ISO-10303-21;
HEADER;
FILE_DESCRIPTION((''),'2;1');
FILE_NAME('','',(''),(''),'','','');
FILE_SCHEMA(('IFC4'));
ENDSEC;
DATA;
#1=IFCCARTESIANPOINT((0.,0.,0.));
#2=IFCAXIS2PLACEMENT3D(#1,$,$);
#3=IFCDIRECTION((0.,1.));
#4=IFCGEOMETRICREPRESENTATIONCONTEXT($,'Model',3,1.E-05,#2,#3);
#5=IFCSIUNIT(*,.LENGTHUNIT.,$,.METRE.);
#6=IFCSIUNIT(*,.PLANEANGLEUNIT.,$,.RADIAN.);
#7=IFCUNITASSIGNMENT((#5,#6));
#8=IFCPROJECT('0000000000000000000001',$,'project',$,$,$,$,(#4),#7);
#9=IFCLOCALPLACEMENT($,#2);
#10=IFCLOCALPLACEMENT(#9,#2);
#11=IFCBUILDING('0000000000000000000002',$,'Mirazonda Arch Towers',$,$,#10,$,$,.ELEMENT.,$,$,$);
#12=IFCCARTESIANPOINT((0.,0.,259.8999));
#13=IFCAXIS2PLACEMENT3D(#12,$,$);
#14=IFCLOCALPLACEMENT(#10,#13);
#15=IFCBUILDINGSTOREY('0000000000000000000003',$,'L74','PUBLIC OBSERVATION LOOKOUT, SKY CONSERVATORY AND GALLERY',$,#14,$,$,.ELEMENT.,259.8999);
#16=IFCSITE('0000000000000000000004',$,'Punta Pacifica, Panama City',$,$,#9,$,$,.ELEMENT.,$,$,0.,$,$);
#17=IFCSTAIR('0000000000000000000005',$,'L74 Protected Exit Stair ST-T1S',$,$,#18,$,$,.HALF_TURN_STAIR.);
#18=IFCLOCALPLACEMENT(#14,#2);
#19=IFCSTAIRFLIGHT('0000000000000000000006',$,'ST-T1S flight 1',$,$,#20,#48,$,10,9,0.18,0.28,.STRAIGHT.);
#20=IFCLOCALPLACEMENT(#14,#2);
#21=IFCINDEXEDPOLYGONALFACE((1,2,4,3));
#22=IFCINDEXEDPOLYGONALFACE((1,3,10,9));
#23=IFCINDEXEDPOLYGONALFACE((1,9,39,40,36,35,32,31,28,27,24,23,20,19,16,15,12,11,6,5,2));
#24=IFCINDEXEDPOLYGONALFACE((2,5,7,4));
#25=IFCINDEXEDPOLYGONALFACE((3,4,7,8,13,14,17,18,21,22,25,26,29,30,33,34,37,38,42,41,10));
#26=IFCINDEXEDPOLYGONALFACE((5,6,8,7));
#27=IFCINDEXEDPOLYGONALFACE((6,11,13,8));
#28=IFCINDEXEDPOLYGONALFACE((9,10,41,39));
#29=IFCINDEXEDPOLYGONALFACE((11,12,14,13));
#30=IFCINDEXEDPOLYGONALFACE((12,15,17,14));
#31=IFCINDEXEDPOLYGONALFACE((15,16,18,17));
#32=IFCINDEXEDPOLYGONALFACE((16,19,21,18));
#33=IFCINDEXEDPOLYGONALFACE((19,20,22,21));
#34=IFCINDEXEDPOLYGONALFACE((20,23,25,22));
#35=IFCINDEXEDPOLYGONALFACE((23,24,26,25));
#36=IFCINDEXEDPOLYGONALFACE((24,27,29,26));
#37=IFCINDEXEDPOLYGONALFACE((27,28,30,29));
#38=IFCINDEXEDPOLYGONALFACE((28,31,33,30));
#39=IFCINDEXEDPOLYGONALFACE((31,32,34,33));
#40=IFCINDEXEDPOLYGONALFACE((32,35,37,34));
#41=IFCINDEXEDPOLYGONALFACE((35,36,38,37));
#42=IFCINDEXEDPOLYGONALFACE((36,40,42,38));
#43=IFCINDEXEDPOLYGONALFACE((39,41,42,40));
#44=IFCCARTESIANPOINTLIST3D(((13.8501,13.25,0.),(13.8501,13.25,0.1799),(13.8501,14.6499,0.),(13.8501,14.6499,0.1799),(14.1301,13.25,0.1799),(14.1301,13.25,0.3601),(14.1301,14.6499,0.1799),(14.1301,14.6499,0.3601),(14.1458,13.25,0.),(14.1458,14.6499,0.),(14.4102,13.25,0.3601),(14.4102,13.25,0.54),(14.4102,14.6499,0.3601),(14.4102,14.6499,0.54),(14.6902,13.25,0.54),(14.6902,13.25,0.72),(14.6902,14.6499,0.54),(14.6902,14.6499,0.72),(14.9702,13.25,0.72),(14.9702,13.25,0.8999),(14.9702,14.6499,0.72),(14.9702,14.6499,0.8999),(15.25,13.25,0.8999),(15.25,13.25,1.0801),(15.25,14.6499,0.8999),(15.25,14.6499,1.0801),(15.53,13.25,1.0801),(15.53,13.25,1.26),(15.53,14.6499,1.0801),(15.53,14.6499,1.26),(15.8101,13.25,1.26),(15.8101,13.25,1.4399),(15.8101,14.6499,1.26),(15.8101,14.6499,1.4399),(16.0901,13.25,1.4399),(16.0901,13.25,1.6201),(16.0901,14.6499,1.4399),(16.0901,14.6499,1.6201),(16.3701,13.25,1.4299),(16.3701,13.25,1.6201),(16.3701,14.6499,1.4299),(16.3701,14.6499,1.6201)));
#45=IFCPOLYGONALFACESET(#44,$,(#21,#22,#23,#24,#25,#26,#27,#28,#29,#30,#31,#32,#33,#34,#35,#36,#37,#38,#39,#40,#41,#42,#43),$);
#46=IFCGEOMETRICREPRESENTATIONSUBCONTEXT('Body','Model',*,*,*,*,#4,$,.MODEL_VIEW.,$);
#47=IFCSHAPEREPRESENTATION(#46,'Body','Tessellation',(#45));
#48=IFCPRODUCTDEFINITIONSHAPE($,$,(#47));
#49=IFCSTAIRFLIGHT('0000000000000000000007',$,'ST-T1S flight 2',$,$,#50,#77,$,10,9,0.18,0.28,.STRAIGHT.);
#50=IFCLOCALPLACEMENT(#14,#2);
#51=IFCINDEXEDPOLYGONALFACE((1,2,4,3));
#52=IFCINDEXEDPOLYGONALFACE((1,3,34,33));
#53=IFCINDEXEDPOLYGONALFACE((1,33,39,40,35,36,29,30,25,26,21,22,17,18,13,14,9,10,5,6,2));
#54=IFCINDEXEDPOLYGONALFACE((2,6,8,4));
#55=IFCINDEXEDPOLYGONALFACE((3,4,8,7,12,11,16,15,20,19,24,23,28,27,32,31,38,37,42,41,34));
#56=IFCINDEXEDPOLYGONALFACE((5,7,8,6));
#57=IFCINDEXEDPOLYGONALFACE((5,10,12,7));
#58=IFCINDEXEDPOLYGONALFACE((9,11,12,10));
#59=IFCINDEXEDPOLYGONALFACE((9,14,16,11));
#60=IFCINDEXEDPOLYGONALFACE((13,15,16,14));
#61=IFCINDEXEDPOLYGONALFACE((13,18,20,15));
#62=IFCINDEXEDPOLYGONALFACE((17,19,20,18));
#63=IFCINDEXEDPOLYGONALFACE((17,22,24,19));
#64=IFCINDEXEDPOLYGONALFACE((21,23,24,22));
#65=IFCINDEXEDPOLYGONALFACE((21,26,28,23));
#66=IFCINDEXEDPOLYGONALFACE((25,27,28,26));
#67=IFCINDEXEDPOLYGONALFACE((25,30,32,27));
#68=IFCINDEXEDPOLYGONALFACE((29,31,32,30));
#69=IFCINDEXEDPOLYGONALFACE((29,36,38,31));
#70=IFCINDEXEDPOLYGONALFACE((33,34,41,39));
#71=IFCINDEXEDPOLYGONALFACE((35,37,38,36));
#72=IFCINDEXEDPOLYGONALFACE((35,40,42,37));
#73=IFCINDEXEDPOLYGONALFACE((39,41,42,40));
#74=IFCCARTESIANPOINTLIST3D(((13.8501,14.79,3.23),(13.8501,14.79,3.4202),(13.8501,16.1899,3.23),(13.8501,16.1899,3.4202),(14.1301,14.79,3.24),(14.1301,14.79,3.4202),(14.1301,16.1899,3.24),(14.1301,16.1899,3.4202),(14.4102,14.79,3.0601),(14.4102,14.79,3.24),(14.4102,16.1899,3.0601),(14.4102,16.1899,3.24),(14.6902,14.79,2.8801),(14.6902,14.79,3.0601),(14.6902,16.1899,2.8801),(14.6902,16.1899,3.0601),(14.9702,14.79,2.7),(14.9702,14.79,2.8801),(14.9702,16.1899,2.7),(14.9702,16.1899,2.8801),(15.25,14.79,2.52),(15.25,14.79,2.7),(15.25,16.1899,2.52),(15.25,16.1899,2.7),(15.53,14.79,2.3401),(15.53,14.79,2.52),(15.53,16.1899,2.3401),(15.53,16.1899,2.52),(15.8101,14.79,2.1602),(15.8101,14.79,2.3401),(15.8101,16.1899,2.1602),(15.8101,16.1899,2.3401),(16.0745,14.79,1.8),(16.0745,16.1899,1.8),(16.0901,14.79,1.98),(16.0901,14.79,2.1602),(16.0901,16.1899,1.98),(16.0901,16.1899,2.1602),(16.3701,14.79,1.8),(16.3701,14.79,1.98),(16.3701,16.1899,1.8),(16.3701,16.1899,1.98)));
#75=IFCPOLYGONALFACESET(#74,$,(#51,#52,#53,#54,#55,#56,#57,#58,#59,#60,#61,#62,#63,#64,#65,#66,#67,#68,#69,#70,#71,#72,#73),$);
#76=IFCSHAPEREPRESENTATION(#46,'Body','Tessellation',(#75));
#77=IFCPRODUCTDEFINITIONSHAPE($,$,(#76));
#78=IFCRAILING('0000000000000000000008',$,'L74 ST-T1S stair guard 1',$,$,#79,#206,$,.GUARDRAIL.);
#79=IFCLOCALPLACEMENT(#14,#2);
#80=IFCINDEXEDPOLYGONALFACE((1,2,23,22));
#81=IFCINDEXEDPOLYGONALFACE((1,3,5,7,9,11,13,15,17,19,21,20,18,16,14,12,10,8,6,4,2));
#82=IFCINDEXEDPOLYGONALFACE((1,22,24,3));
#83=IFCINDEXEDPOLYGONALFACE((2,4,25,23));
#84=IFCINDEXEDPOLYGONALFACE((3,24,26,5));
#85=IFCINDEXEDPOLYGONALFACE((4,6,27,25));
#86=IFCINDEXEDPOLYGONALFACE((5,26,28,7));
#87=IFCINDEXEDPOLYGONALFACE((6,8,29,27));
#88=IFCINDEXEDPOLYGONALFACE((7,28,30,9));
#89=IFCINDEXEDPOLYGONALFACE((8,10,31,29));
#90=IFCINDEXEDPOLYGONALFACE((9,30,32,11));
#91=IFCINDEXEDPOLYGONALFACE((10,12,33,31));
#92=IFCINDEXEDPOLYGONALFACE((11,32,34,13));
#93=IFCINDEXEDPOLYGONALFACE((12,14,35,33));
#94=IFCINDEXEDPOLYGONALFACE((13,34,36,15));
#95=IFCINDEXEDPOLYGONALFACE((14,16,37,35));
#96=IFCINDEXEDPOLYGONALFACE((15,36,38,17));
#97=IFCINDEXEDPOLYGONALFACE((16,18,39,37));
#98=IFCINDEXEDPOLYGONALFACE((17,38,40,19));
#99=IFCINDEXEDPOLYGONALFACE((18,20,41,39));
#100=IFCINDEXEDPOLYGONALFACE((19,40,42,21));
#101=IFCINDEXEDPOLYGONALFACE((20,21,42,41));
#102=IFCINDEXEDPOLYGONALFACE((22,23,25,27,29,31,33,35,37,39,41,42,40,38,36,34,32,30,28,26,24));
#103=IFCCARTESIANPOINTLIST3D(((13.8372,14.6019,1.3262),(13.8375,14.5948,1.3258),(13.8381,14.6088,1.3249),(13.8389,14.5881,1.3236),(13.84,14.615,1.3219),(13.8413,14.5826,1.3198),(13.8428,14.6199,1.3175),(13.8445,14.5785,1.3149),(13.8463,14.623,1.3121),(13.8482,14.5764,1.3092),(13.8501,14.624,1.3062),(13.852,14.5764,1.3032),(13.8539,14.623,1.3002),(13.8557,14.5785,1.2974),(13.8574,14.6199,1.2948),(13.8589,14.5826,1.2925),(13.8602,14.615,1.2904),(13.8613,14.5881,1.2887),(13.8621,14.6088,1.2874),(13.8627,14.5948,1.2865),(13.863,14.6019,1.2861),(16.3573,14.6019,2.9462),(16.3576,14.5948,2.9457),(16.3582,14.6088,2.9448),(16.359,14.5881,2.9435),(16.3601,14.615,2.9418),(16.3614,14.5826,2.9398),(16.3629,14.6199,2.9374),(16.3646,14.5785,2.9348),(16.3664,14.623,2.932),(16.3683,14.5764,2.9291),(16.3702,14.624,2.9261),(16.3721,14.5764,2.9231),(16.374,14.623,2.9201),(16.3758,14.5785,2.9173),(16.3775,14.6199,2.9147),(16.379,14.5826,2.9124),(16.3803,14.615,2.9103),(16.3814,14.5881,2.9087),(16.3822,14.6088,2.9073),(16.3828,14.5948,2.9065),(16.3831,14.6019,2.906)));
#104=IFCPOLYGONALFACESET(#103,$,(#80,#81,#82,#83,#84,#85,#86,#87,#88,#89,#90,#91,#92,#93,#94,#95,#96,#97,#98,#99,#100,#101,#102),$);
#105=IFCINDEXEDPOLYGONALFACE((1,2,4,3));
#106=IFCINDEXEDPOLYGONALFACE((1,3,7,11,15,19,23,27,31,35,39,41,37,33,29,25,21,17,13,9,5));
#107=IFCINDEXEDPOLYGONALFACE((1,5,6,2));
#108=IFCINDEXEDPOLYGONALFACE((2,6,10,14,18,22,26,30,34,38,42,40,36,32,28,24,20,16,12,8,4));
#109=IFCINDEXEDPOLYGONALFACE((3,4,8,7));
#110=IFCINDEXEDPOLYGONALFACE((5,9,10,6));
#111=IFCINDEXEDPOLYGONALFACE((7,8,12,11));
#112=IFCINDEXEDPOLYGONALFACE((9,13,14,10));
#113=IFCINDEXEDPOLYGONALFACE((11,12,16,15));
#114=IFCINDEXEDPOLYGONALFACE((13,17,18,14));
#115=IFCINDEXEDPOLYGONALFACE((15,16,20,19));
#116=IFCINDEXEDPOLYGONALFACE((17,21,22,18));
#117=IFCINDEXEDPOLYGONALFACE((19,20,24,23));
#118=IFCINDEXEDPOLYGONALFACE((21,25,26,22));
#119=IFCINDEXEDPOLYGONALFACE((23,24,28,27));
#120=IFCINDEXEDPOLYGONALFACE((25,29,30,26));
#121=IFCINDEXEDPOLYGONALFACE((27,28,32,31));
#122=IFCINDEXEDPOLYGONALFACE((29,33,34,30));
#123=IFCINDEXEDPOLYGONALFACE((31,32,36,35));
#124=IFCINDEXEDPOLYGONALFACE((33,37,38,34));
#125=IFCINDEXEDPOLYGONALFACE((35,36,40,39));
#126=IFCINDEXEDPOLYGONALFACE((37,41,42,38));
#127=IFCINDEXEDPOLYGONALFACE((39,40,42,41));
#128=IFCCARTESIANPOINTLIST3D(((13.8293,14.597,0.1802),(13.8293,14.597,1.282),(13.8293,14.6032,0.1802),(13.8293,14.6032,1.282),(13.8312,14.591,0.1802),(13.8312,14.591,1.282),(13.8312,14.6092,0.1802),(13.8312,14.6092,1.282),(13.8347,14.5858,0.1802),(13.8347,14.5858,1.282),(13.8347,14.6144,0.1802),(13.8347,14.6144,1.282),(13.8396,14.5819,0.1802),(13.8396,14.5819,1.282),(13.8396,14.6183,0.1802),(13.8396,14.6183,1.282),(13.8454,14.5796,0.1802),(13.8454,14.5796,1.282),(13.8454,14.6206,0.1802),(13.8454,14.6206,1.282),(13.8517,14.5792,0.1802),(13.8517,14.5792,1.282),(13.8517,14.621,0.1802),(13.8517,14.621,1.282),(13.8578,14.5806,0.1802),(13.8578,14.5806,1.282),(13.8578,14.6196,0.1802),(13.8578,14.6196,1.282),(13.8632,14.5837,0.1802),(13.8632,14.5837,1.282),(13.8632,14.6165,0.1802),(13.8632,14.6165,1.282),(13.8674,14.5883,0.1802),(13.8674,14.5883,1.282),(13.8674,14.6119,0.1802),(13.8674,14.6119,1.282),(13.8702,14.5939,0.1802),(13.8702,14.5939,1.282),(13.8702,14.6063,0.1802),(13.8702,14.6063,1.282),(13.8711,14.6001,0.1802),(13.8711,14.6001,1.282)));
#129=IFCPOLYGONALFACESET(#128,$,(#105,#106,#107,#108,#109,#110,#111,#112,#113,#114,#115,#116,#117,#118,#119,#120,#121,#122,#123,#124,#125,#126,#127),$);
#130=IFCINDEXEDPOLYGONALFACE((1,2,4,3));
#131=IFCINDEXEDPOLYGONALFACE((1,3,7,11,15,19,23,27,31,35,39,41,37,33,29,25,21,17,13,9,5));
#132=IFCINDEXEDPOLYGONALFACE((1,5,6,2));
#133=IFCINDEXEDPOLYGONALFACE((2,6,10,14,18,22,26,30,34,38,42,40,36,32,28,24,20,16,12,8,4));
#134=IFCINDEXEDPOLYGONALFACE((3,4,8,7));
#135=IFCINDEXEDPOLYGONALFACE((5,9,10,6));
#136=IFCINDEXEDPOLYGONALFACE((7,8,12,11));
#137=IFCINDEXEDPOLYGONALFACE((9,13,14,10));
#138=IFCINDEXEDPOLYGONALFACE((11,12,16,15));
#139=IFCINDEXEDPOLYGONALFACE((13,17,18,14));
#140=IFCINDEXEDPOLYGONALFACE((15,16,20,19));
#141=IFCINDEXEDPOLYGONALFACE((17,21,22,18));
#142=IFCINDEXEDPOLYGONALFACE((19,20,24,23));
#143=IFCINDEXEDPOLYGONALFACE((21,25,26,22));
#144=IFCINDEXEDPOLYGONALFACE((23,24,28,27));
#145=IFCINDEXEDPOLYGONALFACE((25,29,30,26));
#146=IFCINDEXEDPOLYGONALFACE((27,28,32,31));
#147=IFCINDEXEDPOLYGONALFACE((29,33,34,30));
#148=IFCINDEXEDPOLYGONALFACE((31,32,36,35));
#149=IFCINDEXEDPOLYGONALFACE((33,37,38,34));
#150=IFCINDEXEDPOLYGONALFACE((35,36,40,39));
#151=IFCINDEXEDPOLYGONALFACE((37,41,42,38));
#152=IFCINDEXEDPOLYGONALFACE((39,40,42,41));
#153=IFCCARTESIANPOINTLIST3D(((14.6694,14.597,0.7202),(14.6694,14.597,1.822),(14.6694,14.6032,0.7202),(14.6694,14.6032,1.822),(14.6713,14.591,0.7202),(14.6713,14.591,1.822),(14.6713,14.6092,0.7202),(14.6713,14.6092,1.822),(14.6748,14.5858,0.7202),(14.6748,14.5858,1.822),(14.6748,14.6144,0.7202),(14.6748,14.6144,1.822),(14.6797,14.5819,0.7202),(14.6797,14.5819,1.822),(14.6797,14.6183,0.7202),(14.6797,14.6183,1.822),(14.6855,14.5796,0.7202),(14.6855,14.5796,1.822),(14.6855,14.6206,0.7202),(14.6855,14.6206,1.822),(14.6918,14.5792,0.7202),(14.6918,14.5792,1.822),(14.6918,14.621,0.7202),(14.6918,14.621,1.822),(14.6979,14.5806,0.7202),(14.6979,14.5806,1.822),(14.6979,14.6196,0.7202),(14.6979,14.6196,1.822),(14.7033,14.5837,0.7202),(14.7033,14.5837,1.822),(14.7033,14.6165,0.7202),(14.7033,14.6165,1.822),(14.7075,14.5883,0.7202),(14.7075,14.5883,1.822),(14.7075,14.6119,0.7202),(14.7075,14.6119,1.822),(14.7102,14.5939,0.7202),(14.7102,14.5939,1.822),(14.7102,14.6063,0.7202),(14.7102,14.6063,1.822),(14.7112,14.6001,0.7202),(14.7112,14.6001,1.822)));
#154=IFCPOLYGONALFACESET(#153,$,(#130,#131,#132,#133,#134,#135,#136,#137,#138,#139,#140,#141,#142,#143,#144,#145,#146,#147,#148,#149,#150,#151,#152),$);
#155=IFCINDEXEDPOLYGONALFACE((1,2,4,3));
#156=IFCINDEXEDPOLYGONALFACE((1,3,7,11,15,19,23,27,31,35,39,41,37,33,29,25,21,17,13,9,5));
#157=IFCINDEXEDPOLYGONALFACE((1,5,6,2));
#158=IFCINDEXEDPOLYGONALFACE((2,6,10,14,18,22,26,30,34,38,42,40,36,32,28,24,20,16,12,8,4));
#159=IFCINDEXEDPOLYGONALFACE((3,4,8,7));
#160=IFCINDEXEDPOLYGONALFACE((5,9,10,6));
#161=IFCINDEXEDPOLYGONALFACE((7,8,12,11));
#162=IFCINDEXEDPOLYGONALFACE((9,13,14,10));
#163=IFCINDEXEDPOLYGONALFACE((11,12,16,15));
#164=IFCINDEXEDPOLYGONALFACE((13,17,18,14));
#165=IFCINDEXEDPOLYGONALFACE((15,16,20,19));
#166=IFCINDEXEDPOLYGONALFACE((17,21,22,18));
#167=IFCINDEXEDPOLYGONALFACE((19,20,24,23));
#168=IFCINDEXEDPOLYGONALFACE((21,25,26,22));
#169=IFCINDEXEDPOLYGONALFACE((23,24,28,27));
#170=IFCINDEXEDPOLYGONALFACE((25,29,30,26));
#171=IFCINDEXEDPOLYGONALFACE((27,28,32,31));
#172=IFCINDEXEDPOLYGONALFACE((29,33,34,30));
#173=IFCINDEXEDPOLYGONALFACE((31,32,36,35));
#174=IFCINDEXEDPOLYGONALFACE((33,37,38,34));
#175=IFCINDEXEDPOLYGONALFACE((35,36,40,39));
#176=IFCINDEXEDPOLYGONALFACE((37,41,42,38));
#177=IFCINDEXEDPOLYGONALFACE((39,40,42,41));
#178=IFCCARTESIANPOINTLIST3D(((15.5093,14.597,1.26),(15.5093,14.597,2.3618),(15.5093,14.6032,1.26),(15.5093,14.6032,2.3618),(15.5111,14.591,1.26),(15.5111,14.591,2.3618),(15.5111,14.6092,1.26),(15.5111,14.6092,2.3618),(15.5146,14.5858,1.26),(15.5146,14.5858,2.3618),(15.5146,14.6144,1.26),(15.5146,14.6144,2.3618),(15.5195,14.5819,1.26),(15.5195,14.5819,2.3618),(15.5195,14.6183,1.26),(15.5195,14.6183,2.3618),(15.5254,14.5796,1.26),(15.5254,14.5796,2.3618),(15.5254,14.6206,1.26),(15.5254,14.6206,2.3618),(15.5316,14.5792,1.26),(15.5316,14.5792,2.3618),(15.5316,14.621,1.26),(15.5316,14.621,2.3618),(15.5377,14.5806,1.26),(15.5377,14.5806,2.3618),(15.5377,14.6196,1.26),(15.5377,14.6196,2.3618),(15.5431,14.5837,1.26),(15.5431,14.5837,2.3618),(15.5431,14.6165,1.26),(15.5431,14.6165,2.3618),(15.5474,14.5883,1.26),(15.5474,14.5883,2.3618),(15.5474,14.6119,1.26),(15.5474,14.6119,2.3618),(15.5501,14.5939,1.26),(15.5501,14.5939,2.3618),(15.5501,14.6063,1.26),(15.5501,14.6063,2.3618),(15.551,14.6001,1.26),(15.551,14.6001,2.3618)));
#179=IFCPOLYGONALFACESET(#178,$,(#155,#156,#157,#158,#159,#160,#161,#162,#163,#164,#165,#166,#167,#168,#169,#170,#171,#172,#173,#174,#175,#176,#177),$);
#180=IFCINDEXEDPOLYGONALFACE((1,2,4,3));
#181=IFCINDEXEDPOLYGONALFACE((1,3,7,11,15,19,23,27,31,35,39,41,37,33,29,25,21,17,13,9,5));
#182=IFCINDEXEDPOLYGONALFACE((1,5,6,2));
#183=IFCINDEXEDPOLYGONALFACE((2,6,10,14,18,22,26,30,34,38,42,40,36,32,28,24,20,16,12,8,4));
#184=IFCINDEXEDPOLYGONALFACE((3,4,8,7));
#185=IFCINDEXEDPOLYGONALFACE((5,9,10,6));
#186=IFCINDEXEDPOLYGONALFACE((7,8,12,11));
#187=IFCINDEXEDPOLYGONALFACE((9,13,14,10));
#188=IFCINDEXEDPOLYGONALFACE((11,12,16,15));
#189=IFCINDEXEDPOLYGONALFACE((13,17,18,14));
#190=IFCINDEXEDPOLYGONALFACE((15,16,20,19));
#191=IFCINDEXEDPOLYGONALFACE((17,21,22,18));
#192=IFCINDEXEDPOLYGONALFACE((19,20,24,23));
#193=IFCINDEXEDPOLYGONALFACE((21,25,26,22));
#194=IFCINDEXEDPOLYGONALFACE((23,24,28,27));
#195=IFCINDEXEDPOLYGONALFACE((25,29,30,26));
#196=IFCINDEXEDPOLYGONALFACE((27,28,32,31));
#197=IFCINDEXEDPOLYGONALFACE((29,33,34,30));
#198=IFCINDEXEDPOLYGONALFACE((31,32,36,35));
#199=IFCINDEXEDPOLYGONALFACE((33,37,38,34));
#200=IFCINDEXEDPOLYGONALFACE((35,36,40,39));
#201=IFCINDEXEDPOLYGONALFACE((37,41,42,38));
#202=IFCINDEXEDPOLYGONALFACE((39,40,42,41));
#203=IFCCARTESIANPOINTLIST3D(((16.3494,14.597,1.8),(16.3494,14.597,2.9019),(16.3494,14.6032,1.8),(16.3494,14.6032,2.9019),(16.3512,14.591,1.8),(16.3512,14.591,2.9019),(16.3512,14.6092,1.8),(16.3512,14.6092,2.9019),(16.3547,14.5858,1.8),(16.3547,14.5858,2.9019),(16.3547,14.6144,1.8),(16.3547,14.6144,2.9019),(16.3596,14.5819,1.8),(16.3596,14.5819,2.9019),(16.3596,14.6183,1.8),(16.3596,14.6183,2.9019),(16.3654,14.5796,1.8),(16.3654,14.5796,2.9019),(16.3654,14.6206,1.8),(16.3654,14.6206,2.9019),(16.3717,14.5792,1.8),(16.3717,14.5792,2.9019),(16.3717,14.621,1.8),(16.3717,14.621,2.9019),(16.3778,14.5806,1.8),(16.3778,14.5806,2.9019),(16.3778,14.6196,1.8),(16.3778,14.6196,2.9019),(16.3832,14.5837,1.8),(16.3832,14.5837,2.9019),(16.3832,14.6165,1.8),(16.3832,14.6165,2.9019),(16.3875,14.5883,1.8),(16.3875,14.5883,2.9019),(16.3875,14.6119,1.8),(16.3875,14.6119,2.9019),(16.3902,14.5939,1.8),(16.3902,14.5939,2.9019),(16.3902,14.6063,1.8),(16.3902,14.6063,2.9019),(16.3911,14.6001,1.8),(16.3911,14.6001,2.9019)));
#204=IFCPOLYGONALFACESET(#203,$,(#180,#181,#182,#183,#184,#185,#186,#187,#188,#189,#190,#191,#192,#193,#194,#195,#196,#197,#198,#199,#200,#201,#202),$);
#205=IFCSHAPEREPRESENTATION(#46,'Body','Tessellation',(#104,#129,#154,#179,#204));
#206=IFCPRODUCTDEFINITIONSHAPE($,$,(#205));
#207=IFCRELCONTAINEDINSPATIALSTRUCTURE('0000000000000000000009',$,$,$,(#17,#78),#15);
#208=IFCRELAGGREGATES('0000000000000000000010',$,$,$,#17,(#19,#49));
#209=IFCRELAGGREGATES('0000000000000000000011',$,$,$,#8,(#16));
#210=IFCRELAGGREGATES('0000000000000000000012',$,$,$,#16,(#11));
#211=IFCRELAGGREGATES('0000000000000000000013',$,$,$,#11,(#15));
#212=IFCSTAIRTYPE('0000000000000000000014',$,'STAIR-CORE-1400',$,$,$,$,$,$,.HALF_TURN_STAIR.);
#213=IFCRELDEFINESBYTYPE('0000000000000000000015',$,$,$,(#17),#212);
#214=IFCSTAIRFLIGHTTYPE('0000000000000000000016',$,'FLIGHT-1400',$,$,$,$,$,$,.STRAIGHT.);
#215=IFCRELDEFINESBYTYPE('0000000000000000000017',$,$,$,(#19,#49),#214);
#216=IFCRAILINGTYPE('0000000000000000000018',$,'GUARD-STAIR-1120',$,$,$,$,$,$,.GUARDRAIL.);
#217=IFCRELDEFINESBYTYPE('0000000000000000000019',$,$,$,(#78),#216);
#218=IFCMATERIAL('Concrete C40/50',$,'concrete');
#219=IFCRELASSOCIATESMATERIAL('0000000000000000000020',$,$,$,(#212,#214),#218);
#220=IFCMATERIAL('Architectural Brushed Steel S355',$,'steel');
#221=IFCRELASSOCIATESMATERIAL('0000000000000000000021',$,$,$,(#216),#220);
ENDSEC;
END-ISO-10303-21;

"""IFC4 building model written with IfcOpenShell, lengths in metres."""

from ifc_helpers import new_model, si_unit, direction, frame, origin, origin_2d, place, context, subcontext, project, spatial, polyline, circle, outline, extrude, material, type_object, element, aggregate, save


model = new_model("IFC4")

# Units and contexts
model_context = context("Model", 3, precision=1e-05, world=origin(), true_north=direction((0.0, 1.0)))
body_context = subcontext(model_context, "Body", "Model", "MODEL_VIEW")
ifc_project = project(units=[si_unit("LENGTHUNIT", "METRE"), si_unit("PLANEANGLEUNIT", "RADIAN")], contexts=[model_context])

# Site, building, storey
site_placement = place(None, origin())
site = spatial("IfcSite", under=ifc_project, at=site_placement, Name="Punta Pacifica, Panama City", CompositionType="ELEMENT", RefElevation=0.0)
building_placement = place(site_placement, origin())
building = spatial("IfcBuilding", under=site, at=building_placement, Name="Mirazonda Arch Towers", CompositionType="ELEMENT")
storey_placement = place(building_placement, frame((0.0, 0.0, 259.8999)))
storey = spatial("IfcBuildingStorey", under=building, at=storey_placement, Name="L74", Description="PUBLIC OBSERVATION LOOKOUT, SKY CONSERVATORY AND GALLERY", CompositionType="ELEMENT", Elevation=259.8999)

# Stair, stair flights
ifc_material_1 = material(Name="Concrete C40/50", Category="concrete")
stair_type = type_object("IfcStairType", Name="STAIR-CORE-1400", PredefinedType="HALF_TURN_STAIR", material=ifc_material_1)
stair_placement = place(storey_placement, origin())
stair = element("IfcStair", 1, at=stair_placement, inside=storey, type_object=stair_type, Name="L74 Protected Exit Stair ST-T1S", PredefinedType="HALF_TURN_STAIR")
stair_flight_type = type_object("IfcStairFlightType", Name="FLIGHT-1400", PredefinedType="STRAIGHT", material=ifc_material_1)
stair_flight_1_placement = place(storey_placement, frame((13.8501, 13.95, 0.0), z_axis=(0.0, 0.0, 1.0), x_axis=(1.0, 0.0, 0.0)))
stair_flight_1 = element("IfcStairFlight", 2, at=stair_flight_1_placement, type_object=stair_flight_type, Name="ST-T1S flight 1", NumberOfRisers=10, NumberOfTreads=9, PredefinedType="STRAIGHT", RiserHeight=0.18, TreadLength=0.28, context=body_context, shape_type="SweptSolid", body=[
    extrude(outline(polyline([(0.0, 0.0), (0.0, 0.1799), (0.28, 0.1799), (0.28, 0.3601), (0.5601, 0.3601), (0.5601, 0.54), (0.8401, 0.54), (0.8401, 0.72), (1.1201, 0.72), (1.1201, 0.8999), (1.3999, 0.8999), (1.3999, 1.0801), (1.6799, 1.0801), (1.6799, 1.26), (1.96, 1.26), (1.96, 1.4399), (2.24, 1.4399), (2.24, 1.6201), (2.52, 1.6201), (2.52, 1.8), (2.52, 1.4299), (0.2957, 0.0), (0.0, 0.0)])), frame((0.0, 0.7, 0.0), z_axis=(0.0, -1.0, 0.0), x_axis=(1.0, 0.0, 0.0)), (0.0, 0.0, 1.0), 1.3999),
])
stair_flight_2_placement = place(storey_placement, frame((16.3701, 15.49, 1.8), z_axis=(0.0, 0.0, 1.0), x_axis=(-1.0, 0.0, 0.0)))
stair_flight_2 = element("IfcStairFlight", 3, at=stair_flight_2_placement, type_object=stair_flight_type, Name="ST-T1S flight 2", NumberOfRisers=10, NumberOfTreads=9, PredefinedType="STRAIGHT", RiserHeight=0.18, TreadLength=0.28, context=body_context, shape_type="SweptSolid", body=[
    extrude(outline(polyline([(0.0, 0.0), (0.0, 0.1799), (0.28, 0.1799), (0.28, 0.3601), (0.5601, 0.3601), (0.5601, 0.54), (0.8401, 0.54), (0.8401, 0.72), (1.1201, 0.72), (1.1201, 0.8999), (1.3999, 0.8999), (1.3999, 1.0801), (1.6799, 1.0801), (1.6799, 1.26), (1.96, 1.26), (1.96, 1.4399), (2.24, 1.4399), (2.24, 1.6201), (2.52, 1.6201), (2.52, 1.8), (2.52, 1.4299), (0.2957, 0.0), (0.0, 0.0)])), frame((0.0, 0.7, 0.0), z_axis=(0.0, -1.0, 0.0), x_axis=(1.0, 0.0, 0.0)), (0.0, 0.0, 1.0), 1.3999),
])
aggregate(stair, [stair_flight_1, stair_flight_2])

# Railing
ifc_material_2 = material(Name="Architectural Brushed Steel S355", Category="steel")
railing_type_1 = type_object("IfcRailingType", Name="GUARD-STAIR-1120", PredefinedType="GUARDRAIL", material=ifc_material_2)
railing_1_placement = place(storey_placement, frame((13.8501, 14.6001, 0.1802)))
element("IfcRailing", 4, at=railing_1_placement, inside=storey, type_object=railing_type_1, Name="L74 ST-T1S stair guard 1", PredefinedType="GUARDRAIL", context=body_context, shape_type="SweptSolid", body=[
    extrude(circle(Radius=0.0239, at=origin_2d()), frame((0.0, 0.0, 1.126), z_axis=(0.8412, 0.0, 0.540725), x_axis=(0.0, 1.0, 0.0)), (0.0, 0.0, 1.0), 2.9958),
    extrude(circle(Radius=0.021, at=origin_2d()), origin(), (0.0, 0.0, 1.0), 1.1018),
    extrude(circle(Radius=0.021, at=origin_2d()), frame((0.8401, 0.0, 0.54)), (0.0, 0.0, 1.0), 1.1018),
    extrude(circle(Radius=0.021, at=origin_2d()), frame((1.6799, 0.0, 1.0798)), (0.0, 0.0, 1.0), 1.1018),
    extrude(circle(Radius=0.021, at=origin_2d()), frame((2.52, 0.0, 1.6199)), (0.0, 0.0, 1.0), 1.1018),
])

save(model, "model.ifc")
